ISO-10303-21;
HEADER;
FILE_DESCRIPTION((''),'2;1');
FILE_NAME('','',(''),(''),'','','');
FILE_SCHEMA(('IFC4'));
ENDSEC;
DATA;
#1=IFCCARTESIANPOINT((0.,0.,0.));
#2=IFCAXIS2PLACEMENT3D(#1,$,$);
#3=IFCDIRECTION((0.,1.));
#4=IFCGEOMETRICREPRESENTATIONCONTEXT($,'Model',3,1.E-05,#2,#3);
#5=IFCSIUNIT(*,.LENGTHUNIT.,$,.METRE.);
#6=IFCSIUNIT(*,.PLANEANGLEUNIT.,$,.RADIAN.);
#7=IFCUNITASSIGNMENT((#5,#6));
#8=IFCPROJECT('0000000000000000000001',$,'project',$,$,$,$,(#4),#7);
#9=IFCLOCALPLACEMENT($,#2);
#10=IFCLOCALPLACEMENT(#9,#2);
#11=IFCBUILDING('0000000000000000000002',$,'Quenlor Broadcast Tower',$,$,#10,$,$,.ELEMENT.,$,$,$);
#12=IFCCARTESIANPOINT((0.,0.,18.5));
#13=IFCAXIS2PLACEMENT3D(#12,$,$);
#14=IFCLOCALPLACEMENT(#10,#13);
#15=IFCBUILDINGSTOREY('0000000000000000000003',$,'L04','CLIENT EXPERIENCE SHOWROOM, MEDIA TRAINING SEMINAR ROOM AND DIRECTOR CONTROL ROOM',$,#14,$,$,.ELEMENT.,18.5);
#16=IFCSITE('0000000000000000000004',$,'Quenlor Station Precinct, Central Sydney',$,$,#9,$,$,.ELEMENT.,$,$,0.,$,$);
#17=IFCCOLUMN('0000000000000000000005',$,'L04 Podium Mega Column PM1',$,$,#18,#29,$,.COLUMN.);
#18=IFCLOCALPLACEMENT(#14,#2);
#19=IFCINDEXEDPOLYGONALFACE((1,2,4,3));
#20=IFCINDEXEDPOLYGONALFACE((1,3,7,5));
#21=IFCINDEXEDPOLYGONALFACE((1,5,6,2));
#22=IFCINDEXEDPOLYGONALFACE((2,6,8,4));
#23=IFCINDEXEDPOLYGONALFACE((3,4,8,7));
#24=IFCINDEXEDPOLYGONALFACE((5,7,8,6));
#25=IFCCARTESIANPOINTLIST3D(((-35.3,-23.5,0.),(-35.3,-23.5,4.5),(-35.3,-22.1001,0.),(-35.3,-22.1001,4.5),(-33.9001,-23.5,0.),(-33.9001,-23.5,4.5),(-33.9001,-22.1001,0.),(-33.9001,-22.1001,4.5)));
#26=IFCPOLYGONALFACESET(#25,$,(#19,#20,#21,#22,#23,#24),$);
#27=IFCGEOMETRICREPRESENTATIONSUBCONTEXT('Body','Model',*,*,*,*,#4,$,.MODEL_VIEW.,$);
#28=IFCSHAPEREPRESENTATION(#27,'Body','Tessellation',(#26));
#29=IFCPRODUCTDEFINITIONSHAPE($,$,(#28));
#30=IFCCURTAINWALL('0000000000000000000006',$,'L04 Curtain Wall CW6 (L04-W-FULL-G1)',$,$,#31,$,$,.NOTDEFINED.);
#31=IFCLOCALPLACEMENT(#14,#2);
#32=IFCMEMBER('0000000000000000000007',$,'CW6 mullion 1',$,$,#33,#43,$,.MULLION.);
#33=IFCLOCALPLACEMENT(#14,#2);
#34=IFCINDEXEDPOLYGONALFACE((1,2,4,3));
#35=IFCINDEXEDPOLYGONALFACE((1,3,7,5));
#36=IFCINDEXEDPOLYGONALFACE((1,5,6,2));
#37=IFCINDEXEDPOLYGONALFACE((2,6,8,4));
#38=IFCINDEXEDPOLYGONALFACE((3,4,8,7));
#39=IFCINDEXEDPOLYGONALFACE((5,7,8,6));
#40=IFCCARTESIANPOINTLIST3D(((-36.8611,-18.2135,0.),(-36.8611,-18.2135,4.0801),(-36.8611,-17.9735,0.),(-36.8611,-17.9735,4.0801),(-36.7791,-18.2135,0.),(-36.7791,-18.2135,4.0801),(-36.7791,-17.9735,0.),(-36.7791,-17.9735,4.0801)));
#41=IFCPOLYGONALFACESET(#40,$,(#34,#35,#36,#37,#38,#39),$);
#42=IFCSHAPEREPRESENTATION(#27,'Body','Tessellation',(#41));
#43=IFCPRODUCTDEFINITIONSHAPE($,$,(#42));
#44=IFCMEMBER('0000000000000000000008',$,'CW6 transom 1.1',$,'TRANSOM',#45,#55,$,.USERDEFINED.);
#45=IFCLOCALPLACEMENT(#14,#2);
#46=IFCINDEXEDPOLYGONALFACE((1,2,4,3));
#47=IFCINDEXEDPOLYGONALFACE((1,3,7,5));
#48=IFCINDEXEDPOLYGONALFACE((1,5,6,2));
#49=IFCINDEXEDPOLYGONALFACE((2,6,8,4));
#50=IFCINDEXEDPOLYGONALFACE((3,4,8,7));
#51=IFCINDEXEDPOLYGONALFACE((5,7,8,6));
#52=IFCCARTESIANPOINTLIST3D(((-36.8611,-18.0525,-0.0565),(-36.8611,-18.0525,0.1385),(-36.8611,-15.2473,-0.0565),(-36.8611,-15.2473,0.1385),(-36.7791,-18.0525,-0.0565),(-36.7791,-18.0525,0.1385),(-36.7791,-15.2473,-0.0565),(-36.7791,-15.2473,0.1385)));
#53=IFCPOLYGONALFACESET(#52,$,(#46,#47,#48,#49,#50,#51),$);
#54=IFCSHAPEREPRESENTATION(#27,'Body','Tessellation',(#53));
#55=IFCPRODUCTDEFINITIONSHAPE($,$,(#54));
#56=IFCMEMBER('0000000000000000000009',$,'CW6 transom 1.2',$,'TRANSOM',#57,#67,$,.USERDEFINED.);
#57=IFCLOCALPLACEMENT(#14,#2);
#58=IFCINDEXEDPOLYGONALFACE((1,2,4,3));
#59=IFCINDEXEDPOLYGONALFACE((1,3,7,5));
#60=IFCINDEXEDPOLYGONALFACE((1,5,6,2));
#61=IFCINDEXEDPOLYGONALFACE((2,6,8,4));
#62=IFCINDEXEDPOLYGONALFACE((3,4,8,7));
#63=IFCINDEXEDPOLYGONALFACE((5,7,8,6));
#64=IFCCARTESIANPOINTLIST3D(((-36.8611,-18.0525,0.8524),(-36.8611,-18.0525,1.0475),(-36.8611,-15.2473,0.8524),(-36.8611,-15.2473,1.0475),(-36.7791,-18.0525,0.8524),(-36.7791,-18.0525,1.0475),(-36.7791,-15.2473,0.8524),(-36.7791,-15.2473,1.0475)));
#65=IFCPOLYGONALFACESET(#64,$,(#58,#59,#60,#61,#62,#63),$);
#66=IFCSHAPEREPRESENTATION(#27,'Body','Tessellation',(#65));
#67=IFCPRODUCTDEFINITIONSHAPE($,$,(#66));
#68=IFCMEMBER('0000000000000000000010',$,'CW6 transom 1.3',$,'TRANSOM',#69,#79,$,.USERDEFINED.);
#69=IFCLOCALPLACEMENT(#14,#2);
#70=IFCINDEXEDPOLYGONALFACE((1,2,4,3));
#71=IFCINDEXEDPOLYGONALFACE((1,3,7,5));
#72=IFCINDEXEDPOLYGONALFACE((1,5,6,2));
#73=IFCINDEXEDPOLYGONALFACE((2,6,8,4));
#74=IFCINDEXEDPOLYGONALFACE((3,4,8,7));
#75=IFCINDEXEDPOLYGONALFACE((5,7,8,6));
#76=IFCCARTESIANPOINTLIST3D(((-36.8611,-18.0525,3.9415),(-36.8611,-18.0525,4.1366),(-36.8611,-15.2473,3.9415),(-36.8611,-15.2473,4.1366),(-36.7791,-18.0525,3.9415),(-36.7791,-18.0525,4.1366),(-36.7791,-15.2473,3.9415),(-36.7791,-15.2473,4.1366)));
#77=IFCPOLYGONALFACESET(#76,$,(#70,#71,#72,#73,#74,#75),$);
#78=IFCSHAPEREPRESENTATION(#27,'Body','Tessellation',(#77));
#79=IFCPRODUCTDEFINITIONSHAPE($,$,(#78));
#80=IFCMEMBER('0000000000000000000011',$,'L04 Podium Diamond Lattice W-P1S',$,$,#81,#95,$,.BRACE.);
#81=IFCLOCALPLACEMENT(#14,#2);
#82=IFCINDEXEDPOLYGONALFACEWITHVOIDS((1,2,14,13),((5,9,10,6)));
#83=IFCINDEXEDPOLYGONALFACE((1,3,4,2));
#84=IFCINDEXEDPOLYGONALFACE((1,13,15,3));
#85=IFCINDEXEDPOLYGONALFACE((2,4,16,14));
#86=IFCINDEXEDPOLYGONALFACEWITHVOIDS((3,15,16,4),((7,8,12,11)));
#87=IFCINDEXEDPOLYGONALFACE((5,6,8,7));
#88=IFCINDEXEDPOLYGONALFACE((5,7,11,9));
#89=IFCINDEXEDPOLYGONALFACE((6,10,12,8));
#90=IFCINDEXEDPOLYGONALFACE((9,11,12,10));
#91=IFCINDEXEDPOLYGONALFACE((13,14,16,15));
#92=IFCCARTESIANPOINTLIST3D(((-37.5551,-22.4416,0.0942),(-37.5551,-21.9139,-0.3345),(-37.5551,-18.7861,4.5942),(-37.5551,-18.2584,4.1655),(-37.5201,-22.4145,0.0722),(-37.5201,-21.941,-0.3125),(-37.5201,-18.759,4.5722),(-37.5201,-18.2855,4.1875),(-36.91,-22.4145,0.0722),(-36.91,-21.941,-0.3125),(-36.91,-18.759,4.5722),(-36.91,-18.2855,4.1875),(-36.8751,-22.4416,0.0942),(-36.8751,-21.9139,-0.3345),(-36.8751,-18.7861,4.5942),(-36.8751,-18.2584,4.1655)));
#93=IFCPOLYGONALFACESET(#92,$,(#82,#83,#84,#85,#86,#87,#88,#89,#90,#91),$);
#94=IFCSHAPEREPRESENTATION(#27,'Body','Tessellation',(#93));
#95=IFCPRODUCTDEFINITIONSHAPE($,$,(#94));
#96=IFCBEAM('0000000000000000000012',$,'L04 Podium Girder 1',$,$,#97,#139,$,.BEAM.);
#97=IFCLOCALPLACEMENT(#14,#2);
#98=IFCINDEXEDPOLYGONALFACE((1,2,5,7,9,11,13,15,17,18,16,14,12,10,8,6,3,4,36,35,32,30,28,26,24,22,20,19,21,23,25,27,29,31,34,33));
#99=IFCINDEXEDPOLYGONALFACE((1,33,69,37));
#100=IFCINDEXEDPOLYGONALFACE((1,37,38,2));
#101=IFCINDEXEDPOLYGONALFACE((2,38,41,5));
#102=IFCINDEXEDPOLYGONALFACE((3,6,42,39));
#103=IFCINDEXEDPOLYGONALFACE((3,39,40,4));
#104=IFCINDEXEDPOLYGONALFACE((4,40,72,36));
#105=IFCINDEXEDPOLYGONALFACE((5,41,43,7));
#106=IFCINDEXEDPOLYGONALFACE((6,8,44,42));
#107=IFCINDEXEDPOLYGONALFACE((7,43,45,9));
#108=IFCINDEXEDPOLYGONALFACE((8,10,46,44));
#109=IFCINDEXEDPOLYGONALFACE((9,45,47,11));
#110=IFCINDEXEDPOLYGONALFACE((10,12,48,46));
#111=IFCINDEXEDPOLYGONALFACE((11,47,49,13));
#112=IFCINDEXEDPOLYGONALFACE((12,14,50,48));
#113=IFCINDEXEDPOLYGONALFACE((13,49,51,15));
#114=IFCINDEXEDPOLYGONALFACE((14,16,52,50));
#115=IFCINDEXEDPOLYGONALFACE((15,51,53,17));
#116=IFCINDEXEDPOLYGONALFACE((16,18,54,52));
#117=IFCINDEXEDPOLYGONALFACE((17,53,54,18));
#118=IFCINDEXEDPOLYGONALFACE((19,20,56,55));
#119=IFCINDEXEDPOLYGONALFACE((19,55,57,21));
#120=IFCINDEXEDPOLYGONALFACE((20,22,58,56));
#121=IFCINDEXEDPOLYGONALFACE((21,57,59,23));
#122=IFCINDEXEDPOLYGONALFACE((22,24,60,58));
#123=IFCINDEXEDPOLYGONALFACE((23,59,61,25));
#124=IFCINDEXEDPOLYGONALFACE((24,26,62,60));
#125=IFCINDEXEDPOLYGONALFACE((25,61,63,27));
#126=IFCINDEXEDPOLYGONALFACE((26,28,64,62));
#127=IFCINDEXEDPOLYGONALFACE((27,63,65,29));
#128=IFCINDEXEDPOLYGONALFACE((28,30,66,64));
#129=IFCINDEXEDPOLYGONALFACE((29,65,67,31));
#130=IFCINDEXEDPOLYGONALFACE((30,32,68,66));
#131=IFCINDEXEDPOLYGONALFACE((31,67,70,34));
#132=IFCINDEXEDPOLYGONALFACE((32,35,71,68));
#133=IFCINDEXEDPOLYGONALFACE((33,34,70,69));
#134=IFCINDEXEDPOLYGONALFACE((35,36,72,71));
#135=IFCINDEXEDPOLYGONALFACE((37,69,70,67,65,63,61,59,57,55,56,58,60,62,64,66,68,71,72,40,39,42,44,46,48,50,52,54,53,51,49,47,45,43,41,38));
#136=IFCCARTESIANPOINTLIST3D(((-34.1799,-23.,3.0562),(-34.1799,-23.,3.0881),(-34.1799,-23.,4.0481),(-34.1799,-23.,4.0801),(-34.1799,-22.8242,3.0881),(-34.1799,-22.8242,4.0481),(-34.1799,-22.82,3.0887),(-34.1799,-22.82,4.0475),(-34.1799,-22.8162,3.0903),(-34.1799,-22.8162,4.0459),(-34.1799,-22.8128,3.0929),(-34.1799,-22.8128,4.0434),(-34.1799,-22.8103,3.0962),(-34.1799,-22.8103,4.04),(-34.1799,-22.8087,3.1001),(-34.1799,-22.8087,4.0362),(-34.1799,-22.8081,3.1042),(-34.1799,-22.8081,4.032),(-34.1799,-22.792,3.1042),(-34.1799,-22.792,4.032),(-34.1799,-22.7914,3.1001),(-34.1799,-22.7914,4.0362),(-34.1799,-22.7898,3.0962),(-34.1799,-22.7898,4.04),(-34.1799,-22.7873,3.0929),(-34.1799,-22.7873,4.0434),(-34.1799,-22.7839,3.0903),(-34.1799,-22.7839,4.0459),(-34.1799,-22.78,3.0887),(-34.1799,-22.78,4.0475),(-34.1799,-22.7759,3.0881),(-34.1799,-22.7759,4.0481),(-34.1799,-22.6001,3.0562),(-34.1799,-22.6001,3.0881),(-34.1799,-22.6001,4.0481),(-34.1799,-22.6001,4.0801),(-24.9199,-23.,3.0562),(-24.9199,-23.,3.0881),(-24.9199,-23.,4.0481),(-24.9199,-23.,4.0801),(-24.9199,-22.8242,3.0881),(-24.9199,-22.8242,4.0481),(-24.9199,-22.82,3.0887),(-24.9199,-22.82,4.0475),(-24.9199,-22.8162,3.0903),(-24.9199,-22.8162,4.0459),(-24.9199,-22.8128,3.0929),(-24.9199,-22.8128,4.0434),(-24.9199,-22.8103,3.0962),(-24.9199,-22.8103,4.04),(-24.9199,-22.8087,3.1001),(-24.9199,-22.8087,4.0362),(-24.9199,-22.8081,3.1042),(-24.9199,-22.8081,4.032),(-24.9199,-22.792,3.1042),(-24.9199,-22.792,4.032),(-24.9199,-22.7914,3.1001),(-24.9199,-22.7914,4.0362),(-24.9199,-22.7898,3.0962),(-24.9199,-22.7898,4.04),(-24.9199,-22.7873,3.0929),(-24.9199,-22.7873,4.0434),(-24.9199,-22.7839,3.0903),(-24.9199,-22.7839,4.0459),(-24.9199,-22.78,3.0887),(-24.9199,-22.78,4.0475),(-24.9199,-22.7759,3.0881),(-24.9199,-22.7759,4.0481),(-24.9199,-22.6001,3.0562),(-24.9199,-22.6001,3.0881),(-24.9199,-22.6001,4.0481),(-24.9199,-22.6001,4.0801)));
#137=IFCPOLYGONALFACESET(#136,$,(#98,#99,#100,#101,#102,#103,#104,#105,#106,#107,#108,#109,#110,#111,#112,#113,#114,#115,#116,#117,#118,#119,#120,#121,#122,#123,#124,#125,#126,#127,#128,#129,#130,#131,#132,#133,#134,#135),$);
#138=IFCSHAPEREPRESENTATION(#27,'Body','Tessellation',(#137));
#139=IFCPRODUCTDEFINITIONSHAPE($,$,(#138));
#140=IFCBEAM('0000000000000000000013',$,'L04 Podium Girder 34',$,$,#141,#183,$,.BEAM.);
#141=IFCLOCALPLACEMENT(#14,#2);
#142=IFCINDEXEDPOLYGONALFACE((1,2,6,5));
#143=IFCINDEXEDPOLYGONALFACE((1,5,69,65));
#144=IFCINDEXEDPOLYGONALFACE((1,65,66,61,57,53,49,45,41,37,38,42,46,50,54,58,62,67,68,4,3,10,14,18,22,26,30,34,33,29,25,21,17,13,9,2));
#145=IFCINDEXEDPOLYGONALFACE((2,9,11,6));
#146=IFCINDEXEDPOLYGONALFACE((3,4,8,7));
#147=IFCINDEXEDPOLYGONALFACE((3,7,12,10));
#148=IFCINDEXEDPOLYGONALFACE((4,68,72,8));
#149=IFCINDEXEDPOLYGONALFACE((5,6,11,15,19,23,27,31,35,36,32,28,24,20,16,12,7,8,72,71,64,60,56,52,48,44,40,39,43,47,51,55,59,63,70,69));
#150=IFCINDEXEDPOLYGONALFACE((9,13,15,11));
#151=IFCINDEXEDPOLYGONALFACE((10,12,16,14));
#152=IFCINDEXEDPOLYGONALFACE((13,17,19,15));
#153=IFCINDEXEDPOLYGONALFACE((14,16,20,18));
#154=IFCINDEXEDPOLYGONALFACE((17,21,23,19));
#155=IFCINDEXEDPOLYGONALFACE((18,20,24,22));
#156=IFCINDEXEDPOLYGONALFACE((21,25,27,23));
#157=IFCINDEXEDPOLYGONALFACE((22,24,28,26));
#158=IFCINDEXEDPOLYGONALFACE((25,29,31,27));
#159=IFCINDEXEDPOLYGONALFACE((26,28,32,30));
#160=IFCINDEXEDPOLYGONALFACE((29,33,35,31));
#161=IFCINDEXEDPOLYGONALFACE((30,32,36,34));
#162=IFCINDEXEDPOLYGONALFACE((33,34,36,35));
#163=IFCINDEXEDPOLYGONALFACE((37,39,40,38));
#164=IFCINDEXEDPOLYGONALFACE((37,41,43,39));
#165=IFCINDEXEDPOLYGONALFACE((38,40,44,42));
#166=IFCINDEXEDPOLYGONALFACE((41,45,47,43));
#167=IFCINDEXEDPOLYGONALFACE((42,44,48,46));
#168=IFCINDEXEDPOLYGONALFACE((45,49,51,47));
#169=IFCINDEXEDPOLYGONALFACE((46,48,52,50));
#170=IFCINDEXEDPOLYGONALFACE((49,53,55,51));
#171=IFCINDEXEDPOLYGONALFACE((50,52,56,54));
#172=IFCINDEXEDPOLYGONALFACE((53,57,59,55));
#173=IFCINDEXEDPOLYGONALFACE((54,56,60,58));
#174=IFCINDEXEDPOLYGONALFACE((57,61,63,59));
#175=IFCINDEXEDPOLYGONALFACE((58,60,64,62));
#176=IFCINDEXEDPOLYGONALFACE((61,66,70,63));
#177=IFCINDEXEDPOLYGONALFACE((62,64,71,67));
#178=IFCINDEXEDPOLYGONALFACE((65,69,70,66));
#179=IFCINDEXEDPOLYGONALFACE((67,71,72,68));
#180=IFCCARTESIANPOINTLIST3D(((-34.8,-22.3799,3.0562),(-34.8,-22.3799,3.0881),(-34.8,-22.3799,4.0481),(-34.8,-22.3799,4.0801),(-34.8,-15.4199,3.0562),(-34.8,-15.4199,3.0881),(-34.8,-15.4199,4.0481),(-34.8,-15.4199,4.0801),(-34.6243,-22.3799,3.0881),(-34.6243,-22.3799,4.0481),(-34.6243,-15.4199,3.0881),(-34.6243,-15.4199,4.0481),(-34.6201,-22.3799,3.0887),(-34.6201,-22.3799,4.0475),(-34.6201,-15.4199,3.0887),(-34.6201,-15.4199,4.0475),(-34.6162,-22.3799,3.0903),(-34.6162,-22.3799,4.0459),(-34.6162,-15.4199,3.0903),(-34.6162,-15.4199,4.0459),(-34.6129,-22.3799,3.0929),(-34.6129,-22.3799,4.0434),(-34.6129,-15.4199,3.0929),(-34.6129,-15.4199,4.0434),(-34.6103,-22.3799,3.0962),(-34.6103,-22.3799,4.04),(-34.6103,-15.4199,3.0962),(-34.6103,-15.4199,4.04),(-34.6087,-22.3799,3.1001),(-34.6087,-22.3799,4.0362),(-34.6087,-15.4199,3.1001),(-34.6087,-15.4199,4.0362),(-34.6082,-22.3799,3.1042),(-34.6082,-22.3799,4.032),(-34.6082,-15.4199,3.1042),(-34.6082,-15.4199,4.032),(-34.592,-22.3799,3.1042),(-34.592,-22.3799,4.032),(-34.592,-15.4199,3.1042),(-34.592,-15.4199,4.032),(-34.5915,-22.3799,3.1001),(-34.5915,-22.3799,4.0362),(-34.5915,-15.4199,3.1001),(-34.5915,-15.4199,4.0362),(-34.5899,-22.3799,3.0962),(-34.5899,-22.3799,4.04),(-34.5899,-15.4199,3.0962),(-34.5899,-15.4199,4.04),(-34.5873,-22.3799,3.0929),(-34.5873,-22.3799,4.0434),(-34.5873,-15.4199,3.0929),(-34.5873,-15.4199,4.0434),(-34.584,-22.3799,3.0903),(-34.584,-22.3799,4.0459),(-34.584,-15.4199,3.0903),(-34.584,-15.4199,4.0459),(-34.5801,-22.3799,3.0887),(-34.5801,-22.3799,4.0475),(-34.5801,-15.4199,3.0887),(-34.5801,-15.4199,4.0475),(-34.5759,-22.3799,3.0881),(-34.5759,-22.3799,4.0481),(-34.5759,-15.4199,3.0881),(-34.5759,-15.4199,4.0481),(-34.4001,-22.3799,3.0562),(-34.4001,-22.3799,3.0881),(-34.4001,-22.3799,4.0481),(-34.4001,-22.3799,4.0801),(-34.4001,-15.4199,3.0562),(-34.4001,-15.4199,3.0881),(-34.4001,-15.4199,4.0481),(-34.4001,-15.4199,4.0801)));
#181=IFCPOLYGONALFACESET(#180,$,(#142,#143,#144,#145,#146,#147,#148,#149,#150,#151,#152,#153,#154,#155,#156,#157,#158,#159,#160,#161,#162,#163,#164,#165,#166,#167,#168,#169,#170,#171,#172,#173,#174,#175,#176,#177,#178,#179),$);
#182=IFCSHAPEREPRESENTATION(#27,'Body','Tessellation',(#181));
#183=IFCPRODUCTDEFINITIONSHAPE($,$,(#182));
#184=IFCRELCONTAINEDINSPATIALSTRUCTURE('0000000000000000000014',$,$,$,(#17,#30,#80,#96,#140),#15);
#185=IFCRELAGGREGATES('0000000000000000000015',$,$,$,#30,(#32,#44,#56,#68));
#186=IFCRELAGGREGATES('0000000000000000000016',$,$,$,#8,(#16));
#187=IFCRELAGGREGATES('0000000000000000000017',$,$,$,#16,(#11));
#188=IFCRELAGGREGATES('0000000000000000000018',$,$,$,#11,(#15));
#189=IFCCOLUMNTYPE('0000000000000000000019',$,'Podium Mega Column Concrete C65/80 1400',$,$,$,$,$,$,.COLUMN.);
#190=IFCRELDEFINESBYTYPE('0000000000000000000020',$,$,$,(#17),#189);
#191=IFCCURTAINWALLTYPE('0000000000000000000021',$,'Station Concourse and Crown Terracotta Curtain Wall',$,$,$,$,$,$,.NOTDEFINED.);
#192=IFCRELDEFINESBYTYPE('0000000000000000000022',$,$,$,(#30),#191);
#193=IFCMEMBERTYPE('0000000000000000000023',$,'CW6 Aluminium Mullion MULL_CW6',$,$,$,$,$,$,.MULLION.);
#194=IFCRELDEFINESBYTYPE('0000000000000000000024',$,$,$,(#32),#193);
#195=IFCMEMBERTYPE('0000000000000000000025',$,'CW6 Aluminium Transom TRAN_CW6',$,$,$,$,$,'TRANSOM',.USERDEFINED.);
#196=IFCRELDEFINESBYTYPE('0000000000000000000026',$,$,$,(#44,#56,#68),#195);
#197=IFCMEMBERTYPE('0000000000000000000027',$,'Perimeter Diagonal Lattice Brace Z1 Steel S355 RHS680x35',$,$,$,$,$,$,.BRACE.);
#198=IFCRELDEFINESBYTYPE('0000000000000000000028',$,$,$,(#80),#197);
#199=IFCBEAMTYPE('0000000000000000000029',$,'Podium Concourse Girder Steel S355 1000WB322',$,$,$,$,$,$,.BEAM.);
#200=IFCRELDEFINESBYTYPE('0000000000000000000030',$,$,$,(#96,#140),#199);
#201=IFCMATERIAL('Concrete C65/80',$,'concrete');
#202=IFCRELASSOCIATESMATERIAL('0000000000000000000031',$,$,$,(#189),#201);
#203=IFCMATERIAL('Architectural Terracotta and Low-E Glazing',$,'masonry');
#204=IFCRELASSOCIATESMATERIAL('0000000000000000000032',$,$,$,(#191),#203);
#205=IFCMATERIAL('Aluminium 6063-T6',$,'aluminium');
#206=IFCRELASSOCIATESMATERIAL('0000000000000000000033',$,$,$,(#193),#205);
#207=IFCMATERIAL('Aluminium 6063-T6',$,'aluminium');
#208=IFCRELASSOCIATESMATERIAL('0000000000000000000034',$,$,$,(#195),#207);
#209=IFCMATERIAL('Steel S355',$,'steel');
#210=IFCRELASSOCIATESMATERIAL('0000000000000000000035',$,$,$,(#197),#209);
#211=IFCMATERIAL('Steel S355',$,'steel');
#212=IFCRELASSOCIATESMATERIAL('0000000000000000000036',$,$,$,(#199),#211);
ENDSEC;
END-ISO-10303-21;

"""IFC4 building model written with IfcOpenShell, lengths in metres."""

from ifc_helpers import new_model, si_unit, direction, frame, origin, origin_2d, place, context, subcontext, project, spatial, rectangle, hollow_rectangle, i_section, extrude, material, material_profile, profile_set, type_object, element, aggregate, save


model = new_model("IFC4")

# Units and contexts
model_context = context("Model", 3, precision=1e-05, world=origin(), true_north=direction((0.0, 1.0)))
body_context = subcontext(model_context, "Body", "Model", "MODEL_VIEW")
ifc_project = project(units=[si_unit("LENGTHUNIT", "METRE"), si_unit("PLANEANGLEUNIT", "RADIAN")], contexts=[model_context])

# Site, building, storey
site_placement = place(None, origin())
site = spatial("IfcSite", under=ifc_project, at=site_placement, Name="Quenlor Station Precinct, Central Sydney", CompositionType="ELEMENT", RefElevation=0.0)
building_placement = place(site_placement, origin())
building = spatial("IfcBuilding", under=site, at=building_placement, Name="Quenlor Broadcast Tower", CompositionType="ELEMENT")
storey_placement = place(building_placement, frame((0.0, 0.0, 18.5)))
storey = spatial("IfcBuildingStorey", under=building, at=storey_placement, Name="L04", Description="CLIENT EXPERIENCE SHOWROOM, MEDIA TRAINING SEMINAR ROOM AND DIRECTOR CONTROL ROOM", CompositionType="ELEMENT", Elevation=18.5)

# Column
ifc_material_1 = material(Name="Concrete C65/80", Category="concrete")
ifc_material_profile_1 = material_profile(ifc_material_1, rectangle(XDim=1.3999, YDim=1.3999, at=origin_2d()))
ifc_profile_set_1 = profile_set([ifc_material_profile_1], Name="Concrete C65/80 RC1400x1400")
column_type = type_object("IfcColumnType", Name="Podium Mega Column Concrete C65/80 1400", PredefinedType="COLUMN", material=ifc_profile_set_1)
column_placement = place(storey_placement, frame((-34.6001, -22.8, 0.0), z_axis=(0.0, 0.0, 1.0), x_axis=(1.0, 0.0, 0.0)))
element("IfcColumn", 1, at=column_placement, inside=storey, type_object=column_type, Name="L04 Podium Mega Column PM1", PredefinedType="COLUMN", context=body_context, shape_type="SweptSolid", body=[
    extrude(rectangle(XDim=1.3999, YDim=1.3999, at=origin_2d()), origin(), (0.0, 0.0, 1.0), 4.5),
])

# Curtain wall, members
ifc_material_2 = material(Name="Architectural Terracotta and Low-E Glazing", Category="masonry")
curtain_wall_type = type_object("IfcCurtainWallType", Name="Station Concourse and Crown Terracotta Curtain Wall", PredefinedType="NOTDEFINED", material=ifc_material_2)
curtain_wall_placement = place(storey_placement, origin())
curtain_wall = element("IfcCurtainWall", 2, at=curtain_wall_placement, inside=storey, type_object=curtain_wall_type, Name="L04 Curtain Wall CW6 (L04-W-FULL-G1)", PredefinedType="NOTDEFINED")
ifc_material_3 = material(Name="Aluminium 6063-T6", Category="aluminium")
ifc_material_profile_2 = material_profile(ifc_material_3, rectangle(XDim=0.082, YDim=0.24, at=origin_2d()))
ifc_profile_set_2 = profile_set([ifc_material_profile_2], Name="Aluminium 6063-T6 MULL82x240")
member_type_1 = type_object("IfcMemberType", Name="CW6 Aluminium Mullion MULL_CW6", PredefinedType="MULLION", material=ifc_profile_set_2)
member_1_placement = place(storey_placement, frame((-36.8201, -18.0935, 0.0), z_axis=(0.0, 0.0, 1.0), x_axis=(-1.0, 0.0, 0.0)))
member_1 = element("IfcMember", 3, at=member_1_placement, type_object=member_type_1, Name="CW6 mullion 1", PredefinedType="MULLION", context=body_context, shape_type="SweptSolid", body=[
    extrude(rectangle(XDim=0.082, YDim=0.24, at=origin_2d()), origin(), (0.0, 0.0, 1.0), 4.0801),
])
ifc_material_4 = material(Name="Aluminium 6063-T6", Category="aluminium")
ifc_material_profile_3 = material_profile(ifc_material_4, rectangle(XDim=0.082, YDim=0.1951, at=origin_2d()))
ifc_profile_set_3 = profile_set([ifc_material_profile_3], Name="Aluminium 6063-T6 TRAN82x195")
member_type_2 = type_object("IfcMemberType", Name="CW6 Aluminium Transom TRAN_CW6", ElementType="TRANSOM", PredefinedType="USERDEFINED", material=ifc_profile_set_3)
member_2_placement = place(storey_placement, frame((-36.8201, -18.0525, 0.041), z_axis=(0.0, 1.0, 0.0), x_axis=(-1.0, 0.0, 0.0)))
member_2 = element("IfcMember", 4, at=member_2_placement, type_object=member_type_2, Name="CW6 transom 1.1", ObjectType="TRANSOM", PredefinedType="USERDEFINED", context=body_context, shape_type="SweptSolid", body=[
    extrude(rectangle(XDim=0.082, YDim=0.1951, at=origin_2d()), origin(), (0.0, 0.0, 1.0), 2.8052),
])
member_3_placement = place(storey_placement, frame((-36.8201, -18.0525, 0.95), z_axis=(0.0, 1.0, 0.0), x_axis=(-1.0, 0.0, 0.0)))
member_3 = element("IfcMember", 5, at=member_3_placement, type_object=member_type_2, Name="CW6 transom 1.2", ObjectType="TRANSOM", PredefinedType="USERDEFINED", context=body_context, shape_type="SweptSolid", body=[
    extrude(rectangle(XDim=0.082, YDim=0.1951, at=origin_2d()), origin(), (0.0, 0.0, 1.0), 2.8052),
])
member_4_placement = place(storey_placement, frame((-36.8201, -18.0525, 4.0391), z_axis=(0.0, 1.0, 0.0), x_axis=(-1.0, 0.0, 0.0)))
member_4 = element("IfcMember", 6, at=member_4_placement, type_object=member_type_2, Name="CW6 transom 1.3", ObjectType="TRANSOM", PredefinedType="USERDEFINED", context=body_context, shape_type="SweptSolid", body=[
    extrude(rectangle(XDim=0.082, YDim=0.1951, at=origin_2d()), origin(), (0.0, 0.0, 1.0), 2.8052),
])

# Member
ifc_material_5 = material(Name="Steel S355", Category="steel")
ifc_material_profile_4 = material_profile(ifc_material_5, hollow_rectangle(XDim=0.6799, YDim=0.6799, WallThickness=0.0349, at=origin_2d()))
ifc_profile_set_4 = profile_set([ifc_material_profile_4], Name="Steel S355 RHS680x680x35")
member_type_3 = type_object("IfcMemberType", Name="Perimeter Diagonal Lattice Brace Z1 Steel S355 RHS680x35", PredefinedType="BRACE", material=ifc_profile_set_4)
member_5_placement = place(storey_placement, frame((-37.2151, -22.1777, -0.1201), z_axis=(0.0, 0.630517, 0.776176), x_axis=(-1.0, 0.0, 0.0)))
element("IfcMember", 7, at=member_5_placement, inside=storey, type_object=member_type_3, Name="L04 Podium Diamond Lattice W-P1S", PredefinedType="BRACE", context=body_context, shape_type="SweptSolid", body=[
    extrude(hollow_rectangle(XDim=0.6799, YDim=0.6799, WallThickness=0.0349, at=origin_2d()), origin(), (0.0, 0.0, 1.0), 5.7976),
])

# Beams
ifc_material_6 = material(Name="Steel S355", Category="steel")
ifc_material_profile_5 = material_profile(ifc_material_6, i_section(OverallWidth=0.3999, OverallDepth=1.0239, WebThickness=0.0161, FlangeThickness=0.032, FilletRadius=0.0161, at=origin_2d()))
ifc_profile_set_5 = profile_set([ifc_material_profile_5], Name="Steel S355 1000WB322")
beam_type_1 = type_object("IfcBeamType", Name="Podium Concourse Girder Steel S355 1000WB322", PredefinedType="BEAM", material=ifc_profile_set_5)
beam_1_placement = place(storey_placement, frame((-34.1799, -22.8, 3.5681), z_axis=(1.0, 0.0, 0.0), x_axis=(0.0, 1.0, 0.0)))
element("IfcBeam", 8, at=beam_1_placement, inside=storey, type_object=beam_type_1, Name="L04 Podium Girder 1", PredefinedType="BEAM", context=body_context, shape_type="SweptSolid", body=[
    extrude(i_section(OverallWidth=0.3999, OverallDepth=1.0239, WebThickness=0.0161, FlangeThickness=0.032, FilletRadius=0.0161, at=origin_2d()), origin(), (0.0, 0.0, 1.0), 9.26),
])
beam_2_placement = place(storey_placement, frame((-34.6001, -22.3799, 3.5681), z_axis=(0.0, 1.0, 0.0), x_axis=(-1.0, 0.0, 0.0)))
element("IfcBeam", 9, at=beam_2_placement, inside=storey, type_object=beam_type_1, Name="L04 Podium Girder 34", PredefinedType="BEAM", context=body_context, shape_type="SweptSolid", body=[
    extrude(i_section(OverallWidth=0.3999, OverallDepth=1.0239, WebThickness=0.0161, FlangeThickness=0.032, FilletRadius=0.0161, at=origin_2d()), origin(), (0.0, 0.0, 1.0), 6.96),
])

aggregate(curtain_wall, [member_1, member_2, member_3, member_4])

save(model, "model.ifc")
